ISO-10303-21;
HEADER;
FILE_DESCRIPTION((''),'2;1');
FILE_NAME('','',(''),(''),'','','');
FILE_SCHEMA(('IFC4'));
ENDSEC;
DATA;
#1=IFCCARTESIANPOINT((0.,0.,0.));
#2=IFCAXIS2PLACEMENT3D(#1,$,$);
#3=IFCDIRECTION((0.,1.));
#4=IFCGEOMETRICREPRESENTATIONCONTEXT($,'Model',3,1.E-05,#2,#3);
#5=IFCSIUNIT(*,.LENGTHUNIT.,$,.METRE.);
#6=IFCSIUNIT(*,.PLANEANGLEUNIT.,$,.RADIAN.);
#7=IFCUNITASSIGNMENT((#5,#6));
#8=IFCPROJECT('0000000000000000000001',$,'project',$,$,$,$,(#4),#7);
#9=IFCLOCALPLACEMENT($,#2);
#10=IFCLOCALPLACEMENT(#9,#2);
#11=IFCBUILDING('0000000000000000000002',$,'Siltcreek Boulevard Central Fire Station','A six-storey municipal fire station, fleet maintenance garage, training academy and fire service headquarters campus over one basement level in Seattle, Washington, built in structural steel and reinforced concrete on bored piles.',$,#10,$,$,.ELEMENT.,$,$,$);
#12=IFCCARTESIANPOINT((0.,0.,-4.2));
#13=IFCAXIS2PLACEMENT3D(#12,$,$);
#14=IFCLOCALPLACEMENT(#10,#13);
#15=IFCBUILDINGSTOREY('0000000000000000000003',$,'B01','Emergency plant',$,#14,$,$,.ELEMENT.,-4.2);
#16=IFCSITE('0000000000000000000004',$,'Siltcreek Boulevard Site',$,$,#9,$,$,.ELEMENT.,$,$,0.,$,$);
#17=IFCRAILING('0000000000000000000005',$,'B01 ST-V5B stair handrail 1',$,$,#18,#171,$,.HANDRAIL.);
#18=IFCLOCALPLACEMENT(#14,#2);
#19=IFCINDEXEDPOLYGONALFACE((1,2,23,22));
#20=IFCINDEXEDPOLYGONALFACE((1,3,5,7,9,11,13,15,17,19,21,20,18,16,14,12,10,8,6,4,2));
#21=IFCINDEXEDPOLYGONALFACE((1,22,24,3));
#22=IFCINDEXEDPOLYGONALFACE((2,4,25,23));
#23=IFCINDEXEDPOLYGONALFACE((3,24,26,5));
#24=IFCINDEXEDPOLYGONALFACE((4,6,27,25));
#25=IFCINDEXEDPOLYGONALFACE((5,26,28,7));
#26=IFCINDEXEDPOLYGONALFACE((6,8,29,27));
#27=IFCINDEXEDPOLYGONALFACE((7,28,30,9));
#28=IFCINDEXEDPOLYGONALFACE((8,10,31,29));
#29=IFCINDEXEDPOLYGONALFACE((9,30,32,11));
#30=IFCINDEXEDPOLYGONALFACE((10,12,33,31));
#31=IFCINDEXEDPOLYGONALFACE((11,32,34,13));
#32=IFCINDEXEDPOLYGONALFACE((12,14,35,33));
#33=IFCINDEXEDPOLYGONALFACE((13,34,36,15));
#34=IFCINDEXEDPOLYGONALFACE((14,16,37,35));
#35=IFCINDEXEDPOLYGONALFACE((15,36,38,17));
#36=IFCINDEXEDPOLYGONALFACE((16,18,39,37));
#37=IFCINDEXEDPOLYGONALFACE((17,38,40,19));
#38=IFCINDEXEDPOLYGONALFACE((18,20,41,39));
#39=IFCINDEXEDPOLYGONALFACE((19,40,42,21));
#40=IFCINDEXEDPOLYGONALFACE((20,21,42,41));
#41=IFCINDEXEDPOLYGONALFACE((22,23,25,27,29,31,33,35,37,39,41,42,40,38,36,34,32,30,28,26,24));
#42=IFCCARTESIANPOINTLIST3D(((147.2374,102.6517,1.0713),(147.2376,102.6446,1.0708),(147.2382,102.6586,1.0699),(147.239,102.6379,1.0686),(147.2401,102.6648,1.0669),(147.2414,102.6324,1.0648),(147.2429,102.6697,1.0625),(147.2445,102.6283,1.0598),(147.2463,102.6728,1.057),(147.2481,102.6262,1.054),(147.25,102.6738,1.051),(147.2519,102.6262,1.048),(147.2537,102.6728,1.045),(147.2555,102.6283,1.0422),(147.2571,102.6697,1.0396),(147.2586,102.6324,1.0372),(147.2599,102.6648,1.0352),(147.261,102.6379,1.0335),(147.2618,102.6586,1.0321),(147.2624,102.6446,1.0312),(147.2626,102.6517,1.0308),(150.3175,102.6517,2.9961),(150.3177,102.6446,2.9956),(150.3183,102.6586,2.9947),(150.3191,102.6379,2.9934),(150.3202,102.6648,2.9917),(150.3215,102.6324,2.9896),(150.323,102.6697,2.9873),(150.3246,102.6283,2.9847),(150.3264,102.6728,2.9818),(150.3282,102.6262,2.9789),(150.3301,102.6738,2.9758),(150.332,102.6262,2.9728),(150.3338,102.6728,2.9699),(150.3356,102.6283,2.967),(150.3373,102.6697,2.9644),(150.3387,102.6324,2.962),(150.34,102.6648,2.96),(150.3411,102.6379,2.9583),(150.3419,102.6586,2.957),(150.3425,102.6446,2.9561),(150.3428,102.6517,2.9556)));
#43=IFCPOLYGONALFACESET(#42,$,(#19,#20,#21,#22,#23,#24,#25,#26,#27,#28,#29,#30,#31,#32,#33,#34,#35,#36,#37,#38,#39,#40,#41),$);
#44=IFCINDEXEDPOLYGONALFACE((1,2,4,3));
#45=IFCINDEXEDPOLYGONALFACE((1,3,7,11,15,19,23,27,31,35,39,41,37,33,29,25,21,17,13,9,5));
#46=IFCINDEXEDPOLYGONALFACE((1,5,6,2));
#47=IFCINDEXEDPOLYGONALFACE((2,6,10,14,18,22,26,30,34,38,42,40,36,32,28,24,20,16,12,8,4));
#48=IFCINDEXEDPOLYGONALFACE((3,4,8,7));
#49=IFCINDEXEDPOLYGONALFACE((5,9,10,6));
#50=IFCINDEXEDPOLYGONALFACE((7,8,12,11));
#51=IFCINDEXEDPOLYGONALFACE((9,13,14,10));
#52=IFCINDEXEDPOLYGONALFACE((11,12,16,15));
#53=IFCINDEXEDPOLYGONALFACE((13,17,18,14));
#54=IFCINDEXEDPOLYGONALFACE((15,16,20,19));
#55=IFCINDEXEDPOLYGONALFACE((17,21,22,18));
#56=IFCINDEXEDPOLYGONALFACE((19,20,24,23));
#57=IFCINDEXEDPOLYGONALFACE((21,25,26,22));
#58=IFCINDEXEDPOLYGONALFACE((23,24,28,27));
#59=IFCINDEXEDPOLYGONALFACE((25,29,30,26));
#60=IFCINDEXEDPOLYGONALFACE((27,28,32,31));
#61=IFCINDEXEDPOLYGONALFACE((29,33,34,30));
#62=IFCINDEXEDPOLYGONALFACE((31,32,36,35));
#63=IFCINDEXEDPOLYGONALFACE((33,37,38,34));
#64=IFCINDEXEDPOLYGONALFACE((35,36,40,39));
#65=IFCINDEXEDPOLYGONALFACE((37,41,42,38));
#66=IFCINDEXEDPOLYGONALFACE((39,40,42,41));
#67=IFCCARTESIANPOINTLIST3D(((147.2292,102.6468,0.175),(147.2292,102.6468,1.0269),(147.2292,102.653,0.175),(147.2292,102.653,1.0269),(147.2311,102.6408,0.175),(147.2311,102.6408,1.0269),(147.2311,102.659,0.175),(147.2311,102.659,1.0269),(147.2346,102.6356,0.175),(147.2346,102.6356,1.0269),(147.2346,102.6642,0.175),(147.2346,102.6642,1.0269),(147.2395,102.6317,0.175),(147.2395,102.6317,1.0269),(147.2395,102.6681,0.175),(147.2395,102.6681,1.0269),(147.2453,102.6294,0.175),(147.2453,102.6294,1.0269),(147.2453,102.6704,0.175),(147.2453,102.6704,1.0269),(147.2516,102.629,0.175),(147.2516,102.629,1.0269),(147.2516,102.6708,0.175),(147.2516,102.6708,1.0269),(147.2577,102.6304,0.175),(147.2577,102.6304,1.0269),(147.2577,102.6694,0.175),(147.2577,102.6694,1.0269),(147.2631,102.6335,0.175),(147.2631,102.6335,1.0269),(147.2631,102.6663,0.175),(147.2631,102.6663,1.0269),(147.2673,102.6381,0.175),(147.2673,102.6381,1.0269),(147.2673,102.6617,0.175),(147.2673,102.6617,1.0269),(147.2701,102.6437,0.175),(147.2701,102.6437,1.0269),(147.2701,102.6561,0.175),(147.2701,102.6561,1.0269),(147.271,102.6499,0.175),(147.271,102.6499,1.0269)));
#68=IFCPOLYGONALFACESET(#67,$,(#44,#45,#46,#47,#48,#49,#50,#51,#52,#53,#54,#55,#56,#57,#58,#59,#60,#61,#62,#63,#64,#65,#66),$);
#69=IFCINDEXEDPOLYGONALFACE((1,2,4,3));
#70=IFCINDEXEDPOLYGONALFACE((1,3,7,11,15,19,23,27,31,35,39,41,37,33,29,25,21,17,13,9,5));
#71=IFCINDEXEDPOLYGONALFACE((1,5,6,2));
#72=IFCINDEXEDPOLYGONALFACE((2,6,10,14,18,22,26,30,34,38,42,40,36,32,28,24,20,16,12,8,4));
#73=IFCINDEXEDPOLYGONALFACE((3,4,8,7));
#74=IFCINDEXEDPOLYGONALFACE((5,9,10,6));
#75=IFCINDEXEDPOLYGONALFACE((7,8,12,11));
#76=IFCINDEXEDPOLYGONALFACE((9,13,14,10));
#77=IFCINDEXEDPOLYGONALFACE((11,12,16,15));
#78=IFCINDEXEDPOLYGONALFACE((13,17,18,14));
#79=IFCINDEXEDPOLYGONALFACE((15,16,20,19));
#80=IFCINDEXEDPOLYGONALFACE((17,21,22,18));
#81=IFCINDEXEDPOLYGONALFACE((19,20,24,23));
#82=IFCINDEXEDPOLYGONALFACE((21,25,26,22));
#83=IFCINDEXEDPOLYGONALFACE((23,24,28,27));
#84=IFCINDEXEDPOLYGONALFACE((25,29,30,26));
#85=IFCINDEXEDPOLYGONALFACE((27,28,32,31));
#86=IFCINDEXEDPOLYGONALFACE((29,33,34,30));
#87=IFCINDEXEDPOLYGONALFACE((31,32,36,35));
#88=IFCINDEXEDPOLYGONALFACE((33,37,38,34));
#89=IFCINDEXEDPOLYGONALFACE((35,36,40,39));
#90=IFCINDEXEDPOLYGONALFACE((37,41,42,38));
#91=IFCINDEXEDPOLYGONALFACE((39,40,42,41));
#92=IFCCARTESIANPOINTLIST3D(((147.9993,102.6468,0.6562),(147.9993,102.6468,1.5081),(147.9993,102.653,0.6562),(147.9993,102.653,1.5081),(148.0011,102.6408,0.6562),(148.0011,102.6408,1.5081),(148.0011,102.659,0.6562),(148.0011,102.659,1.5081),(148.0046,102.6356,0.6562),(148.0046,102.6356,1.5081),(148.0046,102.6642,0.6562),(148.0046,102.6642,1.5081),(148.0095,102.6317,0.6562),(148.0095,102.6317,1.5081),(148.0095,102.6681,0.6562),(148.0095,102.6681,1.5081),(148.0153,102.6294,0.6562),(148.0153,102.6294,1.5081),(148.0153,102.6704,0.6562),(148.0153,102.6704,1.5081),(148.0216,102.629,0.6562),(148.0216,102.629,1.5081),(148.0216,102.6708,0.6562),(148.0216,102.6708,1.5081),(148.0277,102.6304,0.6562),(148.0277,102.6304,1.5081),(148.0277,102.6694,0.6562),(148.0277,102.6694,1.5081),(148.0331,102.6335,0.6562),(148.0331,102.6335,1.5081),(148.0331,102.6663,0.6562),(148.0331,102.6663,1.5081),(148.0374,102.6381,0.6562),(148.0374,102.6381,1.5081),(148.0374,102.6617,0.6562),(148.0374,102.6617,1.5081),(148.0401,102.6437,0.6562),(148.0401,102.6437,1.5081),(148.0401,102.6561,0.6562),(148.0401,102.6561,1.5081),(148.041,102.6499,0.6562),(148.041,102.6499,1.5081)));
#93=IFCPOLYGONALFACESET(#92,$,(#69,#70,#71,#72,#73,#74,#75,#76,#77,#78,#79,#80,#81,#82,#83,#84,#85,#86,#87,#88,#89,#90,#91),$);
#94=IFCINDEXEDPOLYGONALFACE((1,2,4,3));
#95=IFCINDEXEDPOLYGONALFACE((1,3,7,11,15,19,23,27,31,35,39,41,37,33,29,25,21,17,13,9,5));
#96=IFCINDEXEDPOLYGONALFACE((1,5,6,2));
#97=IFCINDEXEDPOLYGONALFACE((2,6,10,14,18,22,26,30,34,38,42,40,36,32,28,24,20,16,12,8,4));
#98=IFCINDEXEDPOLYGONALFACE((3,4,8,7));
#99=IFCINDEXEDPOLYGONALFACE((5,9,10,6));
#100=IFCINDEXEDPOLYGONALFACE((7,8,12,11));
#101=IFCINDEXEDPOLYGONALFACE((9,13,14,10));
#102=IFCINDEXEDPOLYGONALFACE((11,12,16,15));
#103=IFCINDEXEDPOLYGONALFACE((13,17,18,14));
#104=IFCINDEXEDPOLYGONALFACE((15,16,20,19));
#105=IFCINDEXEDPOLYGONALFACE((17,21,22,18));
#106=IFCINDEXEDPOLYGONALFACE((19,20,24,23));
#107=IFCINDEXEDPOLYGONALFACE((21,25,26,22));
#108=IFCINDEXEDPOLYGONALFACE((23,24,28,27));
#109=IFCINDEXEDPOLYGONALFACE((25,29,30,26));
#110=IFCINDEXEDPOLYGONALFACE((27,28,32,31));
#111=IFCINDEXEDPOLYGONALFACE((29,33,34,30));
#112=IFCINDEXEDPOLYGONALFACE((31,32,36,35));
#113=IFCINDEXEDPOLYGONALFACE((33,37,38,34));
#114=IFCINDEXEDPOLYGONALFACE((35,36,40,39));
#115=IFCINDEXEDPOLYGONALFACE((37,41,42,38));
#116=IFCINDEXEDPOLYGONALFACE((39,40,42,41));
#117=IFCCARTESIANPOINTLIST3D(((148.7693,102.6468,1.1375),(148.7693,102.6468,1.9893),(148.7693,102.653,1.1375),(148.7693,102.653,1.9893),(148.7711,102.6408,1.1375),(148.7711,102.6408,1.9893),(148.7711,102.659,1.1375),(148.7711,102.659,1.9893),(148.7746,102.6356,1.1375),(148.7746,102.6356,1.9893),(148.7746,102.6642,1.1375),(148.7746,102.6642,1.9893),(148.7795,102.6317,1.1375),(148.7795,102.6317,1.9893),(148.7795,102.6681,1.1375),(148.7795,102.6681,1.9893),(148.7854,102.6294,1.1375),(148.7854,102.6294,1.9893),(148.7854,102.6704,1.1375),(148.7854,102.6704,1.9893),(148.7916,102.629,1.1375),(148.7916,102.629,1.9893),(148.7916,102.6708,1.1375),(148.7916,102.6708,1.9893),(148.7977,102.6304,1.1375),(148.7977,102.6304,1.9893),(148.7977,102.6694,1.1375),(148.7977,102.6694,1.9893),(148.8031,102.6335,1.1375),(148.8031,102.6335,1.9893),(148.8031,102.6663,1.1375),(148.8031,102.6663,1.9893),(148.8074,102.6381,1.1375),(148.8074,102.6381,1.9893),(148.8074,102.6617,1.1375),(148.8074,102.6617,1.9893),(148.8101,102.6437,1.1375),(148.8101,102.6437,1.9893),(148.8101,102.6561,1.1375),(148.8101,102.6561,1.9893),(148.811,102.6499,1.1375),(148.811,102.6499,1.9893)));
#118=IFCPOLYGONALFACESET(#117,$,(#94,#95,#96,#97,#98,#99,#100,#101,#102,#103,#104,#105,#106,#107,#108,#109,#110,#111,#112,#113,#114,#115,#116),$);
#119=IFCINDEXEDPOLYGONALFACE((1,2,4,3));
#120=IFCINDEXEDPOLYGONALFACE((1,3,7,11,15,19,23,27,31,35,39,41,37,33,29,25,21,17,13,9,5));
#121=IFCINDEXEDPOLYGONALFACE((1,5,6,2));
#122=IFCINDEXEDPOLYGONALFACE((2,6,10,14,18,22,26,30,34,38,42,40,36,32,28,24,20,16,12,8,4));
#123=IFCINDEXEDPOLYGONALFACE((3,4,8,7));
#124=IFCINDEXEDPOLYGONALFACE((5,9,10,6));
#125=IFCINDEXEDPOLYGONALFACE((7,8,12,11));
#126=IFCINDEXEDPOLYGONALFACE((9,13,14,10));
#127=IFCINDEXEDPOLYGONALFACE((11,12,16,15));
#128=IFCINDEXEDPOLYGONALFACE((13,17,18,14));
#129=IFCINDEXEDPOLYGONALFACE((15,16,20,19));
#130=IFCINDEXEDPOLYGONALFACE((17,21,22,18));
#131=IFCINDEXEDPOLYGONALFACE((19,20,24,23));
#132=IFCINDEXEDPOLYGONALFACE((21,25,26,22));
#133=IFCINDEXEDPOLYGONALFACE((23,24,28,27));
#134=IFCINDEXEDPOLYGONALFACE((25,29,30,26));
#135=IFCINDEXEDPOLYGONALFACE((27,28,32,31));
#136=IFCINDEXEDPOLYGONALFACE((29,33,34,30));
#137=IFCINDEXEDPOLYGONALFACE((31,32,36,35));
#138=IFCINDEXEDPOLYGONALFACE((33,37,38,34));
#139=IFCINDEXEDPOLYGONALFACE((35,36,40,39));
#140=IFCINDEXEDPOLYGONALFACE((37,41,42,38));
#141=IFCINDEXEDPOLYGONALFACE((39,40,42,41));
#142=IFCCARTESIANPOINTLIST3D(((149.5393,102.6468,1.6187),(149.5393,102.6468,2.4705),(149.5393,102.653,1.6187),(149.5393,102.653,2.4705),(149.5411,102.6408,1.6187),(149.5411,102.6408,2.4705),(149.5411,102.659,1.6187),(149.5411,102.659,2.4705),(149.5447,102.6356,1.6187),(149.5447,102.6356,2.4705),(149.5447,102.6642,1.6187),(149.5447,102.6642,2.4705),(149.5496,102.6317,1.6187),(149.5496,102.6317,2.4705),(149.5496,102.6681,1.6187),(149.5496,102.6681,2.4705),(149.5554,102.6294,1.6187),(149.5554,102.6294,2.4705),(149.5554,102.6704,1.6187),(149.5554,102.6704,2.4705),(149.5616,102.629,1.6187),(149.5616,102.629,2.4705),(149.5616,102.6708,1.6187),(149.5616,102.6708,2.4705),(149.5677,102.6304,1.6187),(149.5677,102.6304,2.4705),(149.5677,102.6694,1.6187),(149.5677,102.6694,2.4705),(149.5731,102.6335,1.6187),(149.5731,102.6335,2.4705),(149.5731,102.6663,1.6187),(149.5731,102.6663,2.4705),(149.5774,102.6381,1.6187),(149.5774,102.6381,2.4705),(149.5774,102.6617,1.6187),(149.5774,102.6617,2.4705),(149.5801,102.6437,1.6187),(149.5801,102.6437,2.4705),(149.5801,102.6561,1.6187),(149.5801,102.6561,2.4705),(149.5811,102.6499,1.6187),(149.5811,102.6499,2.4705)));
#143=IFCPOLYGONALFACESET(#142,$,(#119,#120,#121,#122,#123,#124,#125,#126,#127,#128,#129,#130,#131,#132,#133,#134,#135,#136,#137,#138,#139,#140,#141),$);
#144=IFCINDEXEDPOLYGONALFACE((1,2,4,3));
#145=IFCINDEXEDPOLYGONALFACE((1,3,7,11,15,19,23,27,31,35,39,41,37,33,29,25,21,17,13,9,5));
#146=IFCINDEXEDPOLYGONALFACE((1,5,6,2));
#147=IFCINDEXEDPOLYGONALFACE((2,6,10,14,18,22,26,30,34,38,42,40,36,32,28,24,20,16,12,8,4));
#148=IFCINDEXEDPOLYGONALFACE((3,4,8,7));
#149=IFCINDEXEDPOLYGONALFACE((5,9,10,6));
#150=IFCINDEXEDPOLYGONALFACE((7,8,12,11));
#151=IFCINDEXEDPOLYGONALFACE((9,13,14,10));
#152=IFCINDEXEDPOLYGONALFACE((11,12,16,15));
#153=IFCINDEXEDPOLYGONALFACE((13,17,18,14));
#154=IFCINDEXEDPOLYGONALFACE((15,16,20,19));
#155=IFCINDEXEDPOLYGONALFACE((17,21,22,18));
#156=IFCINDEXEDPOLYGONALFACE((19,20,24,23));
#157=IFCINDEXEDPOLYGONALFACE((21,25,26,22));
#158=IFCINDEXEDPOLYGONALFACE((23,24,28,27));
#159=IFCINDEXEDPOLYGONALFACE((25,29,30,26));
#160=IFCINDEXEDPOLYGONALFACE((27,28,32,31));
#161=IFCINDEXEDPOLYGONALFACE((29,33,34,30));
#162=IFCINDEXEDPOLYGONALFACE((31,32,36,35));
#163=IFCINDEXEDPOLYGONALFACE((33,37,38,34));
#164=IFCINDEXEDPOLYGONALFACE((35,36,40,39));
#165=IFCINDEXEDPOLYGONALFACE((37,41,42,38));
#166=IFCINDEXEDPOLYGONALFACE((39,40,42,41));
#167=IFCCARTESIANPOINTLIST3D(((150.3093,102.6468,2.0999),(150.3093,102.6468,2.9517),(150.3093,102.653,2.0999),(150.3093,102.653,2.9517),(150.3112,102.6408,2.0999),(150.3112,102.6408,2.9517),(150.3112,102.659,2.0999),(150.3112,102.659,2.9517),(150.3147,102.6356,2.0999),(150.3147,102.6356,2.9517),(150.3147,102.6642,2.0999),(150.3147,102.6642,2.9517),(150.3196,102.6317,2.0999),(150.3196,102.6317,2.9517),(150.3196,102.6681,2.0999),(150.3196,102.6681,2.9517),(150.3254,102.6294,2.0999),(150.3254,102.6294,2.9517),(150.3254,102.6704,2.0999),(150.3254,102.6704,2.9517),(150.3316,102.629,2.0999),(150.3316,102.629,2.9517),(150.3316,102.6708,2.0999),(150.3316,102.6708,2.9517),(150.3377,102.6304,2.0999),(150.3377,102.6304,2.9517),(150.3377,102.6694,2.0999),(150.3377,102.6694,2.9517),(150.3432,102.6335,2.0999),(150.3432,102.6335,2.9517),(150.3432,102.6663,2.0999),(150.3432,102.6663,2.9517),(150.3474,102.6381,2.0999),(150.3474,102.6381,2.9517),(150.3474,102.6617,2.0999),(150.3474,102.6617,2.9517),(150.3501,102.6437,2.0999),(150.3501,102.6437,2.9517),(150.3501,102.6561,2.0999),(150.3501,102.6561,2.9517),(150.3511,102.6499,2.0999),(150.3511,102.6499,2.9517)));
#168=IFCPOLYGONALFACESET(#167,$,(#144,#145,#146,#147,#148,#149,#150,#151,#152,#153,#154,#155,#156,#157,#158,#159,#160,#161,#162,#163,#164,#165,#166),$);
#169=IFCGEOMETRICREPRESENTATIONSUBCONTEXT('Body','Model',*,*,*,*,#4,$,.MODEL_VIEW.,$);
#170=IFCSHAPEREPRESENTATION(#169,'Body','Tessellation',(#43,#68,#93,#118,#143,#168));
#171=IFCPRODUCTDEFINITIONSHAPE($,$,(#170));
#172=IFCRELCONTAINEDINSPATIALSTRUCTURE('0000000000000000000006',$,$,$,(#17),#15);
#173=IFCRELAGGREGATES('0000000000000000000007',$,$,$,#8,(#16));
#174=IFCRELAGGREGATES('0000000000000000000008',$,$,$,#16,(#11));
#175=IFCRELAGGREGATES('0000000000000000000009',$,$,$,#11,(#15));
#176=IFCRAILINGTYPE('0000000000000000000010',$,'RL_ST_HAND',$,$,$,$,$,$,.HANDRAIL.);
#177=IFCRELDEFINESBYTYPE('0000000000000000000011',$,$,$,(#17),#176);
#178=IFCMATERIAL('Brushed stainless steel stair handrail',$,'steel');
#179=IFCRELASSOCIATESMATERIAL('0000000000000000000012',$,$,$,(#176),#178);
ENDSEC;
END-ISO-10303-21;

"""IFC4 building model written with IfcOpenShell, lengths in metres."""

from ifc_helpers import new_model, si_unit, direction, frame, origin, origin_2d, place, context, subcontext, project, spatial, circle, extrude, material, type_object, element, save


model = new_model("IFC4")

# Units and contexts
model_context = context("Model", 3, precision=1e-05, world=origin(), true_north=direction((0.0, 1.0)))
body_context = subcontext(model_context, "Body", "Model", "MODEL_VIEW")
ifc_project = project(units=[si_unit("LENGTHUNIT", "METRE"), si_unit("PLANEANGLEUNIT", "RADIAN")], contexts=[model_context])

# Site, building, storey
site_placement = place(None, origin())
site = spatial("IfcSite", under=ifc_project, at=site_placement, Name="Siltcreek Boulevard Site", CompositionType="ELEMENT", RefElevation=0.0)
building_placement = place(site_placement, origin())
building = spatial("IfcBuilding", under=site, at=building_placement, Name="Siltcreek Boulevard Central Fire Station", Description="A six-storey municipal fire station, fleet maintenance garage, training academy and fire service headquarters campus over one basement level in Seattle, Washington, built in structural steel and reinforced concrete on bored piles.", CompositionType="ELEMENT")
storey_placement = place(building_placement, frame((0.0, 0.0, -4.2)))
storey = spatial("IfcBuildingStorey", under=building, at=storey_placement, Name="B01", Description="Emergency plant", CompositionType="ELEMENT", Elevation=-4.2)

# Railing
ifc_material_1 = material(Name="Brushed stainless steel stair handrail", Category="steel")
railing_type = type_object("IfcRailingType", Name="RL_ST_HAND", PredefinedType="HANDRAIL", material=ifc_material_1)
railing_placement = place(storey_placement, frame((147.25, 102.6499, 0.175)))
element("IfcRailing", 1, at=railing_placement, inside=storey, type_object=railing_type, Name="B01 ST-V5B stair handrail 1", PredefinedType="HANDRAIL", context=body_context, shape_type="SweptSolid", body=[
    extrude(circle(Radius=0.0239, at=origin_2d()), frame((0.0, 0.0, 0.876), z_axis=(0.848029, 0.0, 0.529951), x_axis=(0.0, 1.0, 0.0)), (0.0, 0.0, 1.0), 3.6321),
    extrude(circle(Radius=0.021, at=origin_2d()), origin(), (0.0, 0.0, 1.0), 0.8518),
    extrude(circle(Radius=0.021, at=origin_2d()), frame((0.77, 0.0, 0.4812)), (0.0, 0.0, 1.0), 0.8518),
    extrude(circle(Radius=0.021, at=origin_2d()), frame((1.54, 0.0, 0.9624)), (0.0, 0.0, 1.0), 0.8518),
    extrude(circle(Radius=0.021, at=origin_2d()), frame((2.3101, 0.0, 1.4436)), (0.0, 0.0, 1.0), 0.8518),
    extrude(circle(Radius=0.021, at=origin_2d()), frame((3.0801, 0.0, 1.9248)), (0.0, 0.0, 1.0), 0.8518),
])

save(model, "model.ifc")
